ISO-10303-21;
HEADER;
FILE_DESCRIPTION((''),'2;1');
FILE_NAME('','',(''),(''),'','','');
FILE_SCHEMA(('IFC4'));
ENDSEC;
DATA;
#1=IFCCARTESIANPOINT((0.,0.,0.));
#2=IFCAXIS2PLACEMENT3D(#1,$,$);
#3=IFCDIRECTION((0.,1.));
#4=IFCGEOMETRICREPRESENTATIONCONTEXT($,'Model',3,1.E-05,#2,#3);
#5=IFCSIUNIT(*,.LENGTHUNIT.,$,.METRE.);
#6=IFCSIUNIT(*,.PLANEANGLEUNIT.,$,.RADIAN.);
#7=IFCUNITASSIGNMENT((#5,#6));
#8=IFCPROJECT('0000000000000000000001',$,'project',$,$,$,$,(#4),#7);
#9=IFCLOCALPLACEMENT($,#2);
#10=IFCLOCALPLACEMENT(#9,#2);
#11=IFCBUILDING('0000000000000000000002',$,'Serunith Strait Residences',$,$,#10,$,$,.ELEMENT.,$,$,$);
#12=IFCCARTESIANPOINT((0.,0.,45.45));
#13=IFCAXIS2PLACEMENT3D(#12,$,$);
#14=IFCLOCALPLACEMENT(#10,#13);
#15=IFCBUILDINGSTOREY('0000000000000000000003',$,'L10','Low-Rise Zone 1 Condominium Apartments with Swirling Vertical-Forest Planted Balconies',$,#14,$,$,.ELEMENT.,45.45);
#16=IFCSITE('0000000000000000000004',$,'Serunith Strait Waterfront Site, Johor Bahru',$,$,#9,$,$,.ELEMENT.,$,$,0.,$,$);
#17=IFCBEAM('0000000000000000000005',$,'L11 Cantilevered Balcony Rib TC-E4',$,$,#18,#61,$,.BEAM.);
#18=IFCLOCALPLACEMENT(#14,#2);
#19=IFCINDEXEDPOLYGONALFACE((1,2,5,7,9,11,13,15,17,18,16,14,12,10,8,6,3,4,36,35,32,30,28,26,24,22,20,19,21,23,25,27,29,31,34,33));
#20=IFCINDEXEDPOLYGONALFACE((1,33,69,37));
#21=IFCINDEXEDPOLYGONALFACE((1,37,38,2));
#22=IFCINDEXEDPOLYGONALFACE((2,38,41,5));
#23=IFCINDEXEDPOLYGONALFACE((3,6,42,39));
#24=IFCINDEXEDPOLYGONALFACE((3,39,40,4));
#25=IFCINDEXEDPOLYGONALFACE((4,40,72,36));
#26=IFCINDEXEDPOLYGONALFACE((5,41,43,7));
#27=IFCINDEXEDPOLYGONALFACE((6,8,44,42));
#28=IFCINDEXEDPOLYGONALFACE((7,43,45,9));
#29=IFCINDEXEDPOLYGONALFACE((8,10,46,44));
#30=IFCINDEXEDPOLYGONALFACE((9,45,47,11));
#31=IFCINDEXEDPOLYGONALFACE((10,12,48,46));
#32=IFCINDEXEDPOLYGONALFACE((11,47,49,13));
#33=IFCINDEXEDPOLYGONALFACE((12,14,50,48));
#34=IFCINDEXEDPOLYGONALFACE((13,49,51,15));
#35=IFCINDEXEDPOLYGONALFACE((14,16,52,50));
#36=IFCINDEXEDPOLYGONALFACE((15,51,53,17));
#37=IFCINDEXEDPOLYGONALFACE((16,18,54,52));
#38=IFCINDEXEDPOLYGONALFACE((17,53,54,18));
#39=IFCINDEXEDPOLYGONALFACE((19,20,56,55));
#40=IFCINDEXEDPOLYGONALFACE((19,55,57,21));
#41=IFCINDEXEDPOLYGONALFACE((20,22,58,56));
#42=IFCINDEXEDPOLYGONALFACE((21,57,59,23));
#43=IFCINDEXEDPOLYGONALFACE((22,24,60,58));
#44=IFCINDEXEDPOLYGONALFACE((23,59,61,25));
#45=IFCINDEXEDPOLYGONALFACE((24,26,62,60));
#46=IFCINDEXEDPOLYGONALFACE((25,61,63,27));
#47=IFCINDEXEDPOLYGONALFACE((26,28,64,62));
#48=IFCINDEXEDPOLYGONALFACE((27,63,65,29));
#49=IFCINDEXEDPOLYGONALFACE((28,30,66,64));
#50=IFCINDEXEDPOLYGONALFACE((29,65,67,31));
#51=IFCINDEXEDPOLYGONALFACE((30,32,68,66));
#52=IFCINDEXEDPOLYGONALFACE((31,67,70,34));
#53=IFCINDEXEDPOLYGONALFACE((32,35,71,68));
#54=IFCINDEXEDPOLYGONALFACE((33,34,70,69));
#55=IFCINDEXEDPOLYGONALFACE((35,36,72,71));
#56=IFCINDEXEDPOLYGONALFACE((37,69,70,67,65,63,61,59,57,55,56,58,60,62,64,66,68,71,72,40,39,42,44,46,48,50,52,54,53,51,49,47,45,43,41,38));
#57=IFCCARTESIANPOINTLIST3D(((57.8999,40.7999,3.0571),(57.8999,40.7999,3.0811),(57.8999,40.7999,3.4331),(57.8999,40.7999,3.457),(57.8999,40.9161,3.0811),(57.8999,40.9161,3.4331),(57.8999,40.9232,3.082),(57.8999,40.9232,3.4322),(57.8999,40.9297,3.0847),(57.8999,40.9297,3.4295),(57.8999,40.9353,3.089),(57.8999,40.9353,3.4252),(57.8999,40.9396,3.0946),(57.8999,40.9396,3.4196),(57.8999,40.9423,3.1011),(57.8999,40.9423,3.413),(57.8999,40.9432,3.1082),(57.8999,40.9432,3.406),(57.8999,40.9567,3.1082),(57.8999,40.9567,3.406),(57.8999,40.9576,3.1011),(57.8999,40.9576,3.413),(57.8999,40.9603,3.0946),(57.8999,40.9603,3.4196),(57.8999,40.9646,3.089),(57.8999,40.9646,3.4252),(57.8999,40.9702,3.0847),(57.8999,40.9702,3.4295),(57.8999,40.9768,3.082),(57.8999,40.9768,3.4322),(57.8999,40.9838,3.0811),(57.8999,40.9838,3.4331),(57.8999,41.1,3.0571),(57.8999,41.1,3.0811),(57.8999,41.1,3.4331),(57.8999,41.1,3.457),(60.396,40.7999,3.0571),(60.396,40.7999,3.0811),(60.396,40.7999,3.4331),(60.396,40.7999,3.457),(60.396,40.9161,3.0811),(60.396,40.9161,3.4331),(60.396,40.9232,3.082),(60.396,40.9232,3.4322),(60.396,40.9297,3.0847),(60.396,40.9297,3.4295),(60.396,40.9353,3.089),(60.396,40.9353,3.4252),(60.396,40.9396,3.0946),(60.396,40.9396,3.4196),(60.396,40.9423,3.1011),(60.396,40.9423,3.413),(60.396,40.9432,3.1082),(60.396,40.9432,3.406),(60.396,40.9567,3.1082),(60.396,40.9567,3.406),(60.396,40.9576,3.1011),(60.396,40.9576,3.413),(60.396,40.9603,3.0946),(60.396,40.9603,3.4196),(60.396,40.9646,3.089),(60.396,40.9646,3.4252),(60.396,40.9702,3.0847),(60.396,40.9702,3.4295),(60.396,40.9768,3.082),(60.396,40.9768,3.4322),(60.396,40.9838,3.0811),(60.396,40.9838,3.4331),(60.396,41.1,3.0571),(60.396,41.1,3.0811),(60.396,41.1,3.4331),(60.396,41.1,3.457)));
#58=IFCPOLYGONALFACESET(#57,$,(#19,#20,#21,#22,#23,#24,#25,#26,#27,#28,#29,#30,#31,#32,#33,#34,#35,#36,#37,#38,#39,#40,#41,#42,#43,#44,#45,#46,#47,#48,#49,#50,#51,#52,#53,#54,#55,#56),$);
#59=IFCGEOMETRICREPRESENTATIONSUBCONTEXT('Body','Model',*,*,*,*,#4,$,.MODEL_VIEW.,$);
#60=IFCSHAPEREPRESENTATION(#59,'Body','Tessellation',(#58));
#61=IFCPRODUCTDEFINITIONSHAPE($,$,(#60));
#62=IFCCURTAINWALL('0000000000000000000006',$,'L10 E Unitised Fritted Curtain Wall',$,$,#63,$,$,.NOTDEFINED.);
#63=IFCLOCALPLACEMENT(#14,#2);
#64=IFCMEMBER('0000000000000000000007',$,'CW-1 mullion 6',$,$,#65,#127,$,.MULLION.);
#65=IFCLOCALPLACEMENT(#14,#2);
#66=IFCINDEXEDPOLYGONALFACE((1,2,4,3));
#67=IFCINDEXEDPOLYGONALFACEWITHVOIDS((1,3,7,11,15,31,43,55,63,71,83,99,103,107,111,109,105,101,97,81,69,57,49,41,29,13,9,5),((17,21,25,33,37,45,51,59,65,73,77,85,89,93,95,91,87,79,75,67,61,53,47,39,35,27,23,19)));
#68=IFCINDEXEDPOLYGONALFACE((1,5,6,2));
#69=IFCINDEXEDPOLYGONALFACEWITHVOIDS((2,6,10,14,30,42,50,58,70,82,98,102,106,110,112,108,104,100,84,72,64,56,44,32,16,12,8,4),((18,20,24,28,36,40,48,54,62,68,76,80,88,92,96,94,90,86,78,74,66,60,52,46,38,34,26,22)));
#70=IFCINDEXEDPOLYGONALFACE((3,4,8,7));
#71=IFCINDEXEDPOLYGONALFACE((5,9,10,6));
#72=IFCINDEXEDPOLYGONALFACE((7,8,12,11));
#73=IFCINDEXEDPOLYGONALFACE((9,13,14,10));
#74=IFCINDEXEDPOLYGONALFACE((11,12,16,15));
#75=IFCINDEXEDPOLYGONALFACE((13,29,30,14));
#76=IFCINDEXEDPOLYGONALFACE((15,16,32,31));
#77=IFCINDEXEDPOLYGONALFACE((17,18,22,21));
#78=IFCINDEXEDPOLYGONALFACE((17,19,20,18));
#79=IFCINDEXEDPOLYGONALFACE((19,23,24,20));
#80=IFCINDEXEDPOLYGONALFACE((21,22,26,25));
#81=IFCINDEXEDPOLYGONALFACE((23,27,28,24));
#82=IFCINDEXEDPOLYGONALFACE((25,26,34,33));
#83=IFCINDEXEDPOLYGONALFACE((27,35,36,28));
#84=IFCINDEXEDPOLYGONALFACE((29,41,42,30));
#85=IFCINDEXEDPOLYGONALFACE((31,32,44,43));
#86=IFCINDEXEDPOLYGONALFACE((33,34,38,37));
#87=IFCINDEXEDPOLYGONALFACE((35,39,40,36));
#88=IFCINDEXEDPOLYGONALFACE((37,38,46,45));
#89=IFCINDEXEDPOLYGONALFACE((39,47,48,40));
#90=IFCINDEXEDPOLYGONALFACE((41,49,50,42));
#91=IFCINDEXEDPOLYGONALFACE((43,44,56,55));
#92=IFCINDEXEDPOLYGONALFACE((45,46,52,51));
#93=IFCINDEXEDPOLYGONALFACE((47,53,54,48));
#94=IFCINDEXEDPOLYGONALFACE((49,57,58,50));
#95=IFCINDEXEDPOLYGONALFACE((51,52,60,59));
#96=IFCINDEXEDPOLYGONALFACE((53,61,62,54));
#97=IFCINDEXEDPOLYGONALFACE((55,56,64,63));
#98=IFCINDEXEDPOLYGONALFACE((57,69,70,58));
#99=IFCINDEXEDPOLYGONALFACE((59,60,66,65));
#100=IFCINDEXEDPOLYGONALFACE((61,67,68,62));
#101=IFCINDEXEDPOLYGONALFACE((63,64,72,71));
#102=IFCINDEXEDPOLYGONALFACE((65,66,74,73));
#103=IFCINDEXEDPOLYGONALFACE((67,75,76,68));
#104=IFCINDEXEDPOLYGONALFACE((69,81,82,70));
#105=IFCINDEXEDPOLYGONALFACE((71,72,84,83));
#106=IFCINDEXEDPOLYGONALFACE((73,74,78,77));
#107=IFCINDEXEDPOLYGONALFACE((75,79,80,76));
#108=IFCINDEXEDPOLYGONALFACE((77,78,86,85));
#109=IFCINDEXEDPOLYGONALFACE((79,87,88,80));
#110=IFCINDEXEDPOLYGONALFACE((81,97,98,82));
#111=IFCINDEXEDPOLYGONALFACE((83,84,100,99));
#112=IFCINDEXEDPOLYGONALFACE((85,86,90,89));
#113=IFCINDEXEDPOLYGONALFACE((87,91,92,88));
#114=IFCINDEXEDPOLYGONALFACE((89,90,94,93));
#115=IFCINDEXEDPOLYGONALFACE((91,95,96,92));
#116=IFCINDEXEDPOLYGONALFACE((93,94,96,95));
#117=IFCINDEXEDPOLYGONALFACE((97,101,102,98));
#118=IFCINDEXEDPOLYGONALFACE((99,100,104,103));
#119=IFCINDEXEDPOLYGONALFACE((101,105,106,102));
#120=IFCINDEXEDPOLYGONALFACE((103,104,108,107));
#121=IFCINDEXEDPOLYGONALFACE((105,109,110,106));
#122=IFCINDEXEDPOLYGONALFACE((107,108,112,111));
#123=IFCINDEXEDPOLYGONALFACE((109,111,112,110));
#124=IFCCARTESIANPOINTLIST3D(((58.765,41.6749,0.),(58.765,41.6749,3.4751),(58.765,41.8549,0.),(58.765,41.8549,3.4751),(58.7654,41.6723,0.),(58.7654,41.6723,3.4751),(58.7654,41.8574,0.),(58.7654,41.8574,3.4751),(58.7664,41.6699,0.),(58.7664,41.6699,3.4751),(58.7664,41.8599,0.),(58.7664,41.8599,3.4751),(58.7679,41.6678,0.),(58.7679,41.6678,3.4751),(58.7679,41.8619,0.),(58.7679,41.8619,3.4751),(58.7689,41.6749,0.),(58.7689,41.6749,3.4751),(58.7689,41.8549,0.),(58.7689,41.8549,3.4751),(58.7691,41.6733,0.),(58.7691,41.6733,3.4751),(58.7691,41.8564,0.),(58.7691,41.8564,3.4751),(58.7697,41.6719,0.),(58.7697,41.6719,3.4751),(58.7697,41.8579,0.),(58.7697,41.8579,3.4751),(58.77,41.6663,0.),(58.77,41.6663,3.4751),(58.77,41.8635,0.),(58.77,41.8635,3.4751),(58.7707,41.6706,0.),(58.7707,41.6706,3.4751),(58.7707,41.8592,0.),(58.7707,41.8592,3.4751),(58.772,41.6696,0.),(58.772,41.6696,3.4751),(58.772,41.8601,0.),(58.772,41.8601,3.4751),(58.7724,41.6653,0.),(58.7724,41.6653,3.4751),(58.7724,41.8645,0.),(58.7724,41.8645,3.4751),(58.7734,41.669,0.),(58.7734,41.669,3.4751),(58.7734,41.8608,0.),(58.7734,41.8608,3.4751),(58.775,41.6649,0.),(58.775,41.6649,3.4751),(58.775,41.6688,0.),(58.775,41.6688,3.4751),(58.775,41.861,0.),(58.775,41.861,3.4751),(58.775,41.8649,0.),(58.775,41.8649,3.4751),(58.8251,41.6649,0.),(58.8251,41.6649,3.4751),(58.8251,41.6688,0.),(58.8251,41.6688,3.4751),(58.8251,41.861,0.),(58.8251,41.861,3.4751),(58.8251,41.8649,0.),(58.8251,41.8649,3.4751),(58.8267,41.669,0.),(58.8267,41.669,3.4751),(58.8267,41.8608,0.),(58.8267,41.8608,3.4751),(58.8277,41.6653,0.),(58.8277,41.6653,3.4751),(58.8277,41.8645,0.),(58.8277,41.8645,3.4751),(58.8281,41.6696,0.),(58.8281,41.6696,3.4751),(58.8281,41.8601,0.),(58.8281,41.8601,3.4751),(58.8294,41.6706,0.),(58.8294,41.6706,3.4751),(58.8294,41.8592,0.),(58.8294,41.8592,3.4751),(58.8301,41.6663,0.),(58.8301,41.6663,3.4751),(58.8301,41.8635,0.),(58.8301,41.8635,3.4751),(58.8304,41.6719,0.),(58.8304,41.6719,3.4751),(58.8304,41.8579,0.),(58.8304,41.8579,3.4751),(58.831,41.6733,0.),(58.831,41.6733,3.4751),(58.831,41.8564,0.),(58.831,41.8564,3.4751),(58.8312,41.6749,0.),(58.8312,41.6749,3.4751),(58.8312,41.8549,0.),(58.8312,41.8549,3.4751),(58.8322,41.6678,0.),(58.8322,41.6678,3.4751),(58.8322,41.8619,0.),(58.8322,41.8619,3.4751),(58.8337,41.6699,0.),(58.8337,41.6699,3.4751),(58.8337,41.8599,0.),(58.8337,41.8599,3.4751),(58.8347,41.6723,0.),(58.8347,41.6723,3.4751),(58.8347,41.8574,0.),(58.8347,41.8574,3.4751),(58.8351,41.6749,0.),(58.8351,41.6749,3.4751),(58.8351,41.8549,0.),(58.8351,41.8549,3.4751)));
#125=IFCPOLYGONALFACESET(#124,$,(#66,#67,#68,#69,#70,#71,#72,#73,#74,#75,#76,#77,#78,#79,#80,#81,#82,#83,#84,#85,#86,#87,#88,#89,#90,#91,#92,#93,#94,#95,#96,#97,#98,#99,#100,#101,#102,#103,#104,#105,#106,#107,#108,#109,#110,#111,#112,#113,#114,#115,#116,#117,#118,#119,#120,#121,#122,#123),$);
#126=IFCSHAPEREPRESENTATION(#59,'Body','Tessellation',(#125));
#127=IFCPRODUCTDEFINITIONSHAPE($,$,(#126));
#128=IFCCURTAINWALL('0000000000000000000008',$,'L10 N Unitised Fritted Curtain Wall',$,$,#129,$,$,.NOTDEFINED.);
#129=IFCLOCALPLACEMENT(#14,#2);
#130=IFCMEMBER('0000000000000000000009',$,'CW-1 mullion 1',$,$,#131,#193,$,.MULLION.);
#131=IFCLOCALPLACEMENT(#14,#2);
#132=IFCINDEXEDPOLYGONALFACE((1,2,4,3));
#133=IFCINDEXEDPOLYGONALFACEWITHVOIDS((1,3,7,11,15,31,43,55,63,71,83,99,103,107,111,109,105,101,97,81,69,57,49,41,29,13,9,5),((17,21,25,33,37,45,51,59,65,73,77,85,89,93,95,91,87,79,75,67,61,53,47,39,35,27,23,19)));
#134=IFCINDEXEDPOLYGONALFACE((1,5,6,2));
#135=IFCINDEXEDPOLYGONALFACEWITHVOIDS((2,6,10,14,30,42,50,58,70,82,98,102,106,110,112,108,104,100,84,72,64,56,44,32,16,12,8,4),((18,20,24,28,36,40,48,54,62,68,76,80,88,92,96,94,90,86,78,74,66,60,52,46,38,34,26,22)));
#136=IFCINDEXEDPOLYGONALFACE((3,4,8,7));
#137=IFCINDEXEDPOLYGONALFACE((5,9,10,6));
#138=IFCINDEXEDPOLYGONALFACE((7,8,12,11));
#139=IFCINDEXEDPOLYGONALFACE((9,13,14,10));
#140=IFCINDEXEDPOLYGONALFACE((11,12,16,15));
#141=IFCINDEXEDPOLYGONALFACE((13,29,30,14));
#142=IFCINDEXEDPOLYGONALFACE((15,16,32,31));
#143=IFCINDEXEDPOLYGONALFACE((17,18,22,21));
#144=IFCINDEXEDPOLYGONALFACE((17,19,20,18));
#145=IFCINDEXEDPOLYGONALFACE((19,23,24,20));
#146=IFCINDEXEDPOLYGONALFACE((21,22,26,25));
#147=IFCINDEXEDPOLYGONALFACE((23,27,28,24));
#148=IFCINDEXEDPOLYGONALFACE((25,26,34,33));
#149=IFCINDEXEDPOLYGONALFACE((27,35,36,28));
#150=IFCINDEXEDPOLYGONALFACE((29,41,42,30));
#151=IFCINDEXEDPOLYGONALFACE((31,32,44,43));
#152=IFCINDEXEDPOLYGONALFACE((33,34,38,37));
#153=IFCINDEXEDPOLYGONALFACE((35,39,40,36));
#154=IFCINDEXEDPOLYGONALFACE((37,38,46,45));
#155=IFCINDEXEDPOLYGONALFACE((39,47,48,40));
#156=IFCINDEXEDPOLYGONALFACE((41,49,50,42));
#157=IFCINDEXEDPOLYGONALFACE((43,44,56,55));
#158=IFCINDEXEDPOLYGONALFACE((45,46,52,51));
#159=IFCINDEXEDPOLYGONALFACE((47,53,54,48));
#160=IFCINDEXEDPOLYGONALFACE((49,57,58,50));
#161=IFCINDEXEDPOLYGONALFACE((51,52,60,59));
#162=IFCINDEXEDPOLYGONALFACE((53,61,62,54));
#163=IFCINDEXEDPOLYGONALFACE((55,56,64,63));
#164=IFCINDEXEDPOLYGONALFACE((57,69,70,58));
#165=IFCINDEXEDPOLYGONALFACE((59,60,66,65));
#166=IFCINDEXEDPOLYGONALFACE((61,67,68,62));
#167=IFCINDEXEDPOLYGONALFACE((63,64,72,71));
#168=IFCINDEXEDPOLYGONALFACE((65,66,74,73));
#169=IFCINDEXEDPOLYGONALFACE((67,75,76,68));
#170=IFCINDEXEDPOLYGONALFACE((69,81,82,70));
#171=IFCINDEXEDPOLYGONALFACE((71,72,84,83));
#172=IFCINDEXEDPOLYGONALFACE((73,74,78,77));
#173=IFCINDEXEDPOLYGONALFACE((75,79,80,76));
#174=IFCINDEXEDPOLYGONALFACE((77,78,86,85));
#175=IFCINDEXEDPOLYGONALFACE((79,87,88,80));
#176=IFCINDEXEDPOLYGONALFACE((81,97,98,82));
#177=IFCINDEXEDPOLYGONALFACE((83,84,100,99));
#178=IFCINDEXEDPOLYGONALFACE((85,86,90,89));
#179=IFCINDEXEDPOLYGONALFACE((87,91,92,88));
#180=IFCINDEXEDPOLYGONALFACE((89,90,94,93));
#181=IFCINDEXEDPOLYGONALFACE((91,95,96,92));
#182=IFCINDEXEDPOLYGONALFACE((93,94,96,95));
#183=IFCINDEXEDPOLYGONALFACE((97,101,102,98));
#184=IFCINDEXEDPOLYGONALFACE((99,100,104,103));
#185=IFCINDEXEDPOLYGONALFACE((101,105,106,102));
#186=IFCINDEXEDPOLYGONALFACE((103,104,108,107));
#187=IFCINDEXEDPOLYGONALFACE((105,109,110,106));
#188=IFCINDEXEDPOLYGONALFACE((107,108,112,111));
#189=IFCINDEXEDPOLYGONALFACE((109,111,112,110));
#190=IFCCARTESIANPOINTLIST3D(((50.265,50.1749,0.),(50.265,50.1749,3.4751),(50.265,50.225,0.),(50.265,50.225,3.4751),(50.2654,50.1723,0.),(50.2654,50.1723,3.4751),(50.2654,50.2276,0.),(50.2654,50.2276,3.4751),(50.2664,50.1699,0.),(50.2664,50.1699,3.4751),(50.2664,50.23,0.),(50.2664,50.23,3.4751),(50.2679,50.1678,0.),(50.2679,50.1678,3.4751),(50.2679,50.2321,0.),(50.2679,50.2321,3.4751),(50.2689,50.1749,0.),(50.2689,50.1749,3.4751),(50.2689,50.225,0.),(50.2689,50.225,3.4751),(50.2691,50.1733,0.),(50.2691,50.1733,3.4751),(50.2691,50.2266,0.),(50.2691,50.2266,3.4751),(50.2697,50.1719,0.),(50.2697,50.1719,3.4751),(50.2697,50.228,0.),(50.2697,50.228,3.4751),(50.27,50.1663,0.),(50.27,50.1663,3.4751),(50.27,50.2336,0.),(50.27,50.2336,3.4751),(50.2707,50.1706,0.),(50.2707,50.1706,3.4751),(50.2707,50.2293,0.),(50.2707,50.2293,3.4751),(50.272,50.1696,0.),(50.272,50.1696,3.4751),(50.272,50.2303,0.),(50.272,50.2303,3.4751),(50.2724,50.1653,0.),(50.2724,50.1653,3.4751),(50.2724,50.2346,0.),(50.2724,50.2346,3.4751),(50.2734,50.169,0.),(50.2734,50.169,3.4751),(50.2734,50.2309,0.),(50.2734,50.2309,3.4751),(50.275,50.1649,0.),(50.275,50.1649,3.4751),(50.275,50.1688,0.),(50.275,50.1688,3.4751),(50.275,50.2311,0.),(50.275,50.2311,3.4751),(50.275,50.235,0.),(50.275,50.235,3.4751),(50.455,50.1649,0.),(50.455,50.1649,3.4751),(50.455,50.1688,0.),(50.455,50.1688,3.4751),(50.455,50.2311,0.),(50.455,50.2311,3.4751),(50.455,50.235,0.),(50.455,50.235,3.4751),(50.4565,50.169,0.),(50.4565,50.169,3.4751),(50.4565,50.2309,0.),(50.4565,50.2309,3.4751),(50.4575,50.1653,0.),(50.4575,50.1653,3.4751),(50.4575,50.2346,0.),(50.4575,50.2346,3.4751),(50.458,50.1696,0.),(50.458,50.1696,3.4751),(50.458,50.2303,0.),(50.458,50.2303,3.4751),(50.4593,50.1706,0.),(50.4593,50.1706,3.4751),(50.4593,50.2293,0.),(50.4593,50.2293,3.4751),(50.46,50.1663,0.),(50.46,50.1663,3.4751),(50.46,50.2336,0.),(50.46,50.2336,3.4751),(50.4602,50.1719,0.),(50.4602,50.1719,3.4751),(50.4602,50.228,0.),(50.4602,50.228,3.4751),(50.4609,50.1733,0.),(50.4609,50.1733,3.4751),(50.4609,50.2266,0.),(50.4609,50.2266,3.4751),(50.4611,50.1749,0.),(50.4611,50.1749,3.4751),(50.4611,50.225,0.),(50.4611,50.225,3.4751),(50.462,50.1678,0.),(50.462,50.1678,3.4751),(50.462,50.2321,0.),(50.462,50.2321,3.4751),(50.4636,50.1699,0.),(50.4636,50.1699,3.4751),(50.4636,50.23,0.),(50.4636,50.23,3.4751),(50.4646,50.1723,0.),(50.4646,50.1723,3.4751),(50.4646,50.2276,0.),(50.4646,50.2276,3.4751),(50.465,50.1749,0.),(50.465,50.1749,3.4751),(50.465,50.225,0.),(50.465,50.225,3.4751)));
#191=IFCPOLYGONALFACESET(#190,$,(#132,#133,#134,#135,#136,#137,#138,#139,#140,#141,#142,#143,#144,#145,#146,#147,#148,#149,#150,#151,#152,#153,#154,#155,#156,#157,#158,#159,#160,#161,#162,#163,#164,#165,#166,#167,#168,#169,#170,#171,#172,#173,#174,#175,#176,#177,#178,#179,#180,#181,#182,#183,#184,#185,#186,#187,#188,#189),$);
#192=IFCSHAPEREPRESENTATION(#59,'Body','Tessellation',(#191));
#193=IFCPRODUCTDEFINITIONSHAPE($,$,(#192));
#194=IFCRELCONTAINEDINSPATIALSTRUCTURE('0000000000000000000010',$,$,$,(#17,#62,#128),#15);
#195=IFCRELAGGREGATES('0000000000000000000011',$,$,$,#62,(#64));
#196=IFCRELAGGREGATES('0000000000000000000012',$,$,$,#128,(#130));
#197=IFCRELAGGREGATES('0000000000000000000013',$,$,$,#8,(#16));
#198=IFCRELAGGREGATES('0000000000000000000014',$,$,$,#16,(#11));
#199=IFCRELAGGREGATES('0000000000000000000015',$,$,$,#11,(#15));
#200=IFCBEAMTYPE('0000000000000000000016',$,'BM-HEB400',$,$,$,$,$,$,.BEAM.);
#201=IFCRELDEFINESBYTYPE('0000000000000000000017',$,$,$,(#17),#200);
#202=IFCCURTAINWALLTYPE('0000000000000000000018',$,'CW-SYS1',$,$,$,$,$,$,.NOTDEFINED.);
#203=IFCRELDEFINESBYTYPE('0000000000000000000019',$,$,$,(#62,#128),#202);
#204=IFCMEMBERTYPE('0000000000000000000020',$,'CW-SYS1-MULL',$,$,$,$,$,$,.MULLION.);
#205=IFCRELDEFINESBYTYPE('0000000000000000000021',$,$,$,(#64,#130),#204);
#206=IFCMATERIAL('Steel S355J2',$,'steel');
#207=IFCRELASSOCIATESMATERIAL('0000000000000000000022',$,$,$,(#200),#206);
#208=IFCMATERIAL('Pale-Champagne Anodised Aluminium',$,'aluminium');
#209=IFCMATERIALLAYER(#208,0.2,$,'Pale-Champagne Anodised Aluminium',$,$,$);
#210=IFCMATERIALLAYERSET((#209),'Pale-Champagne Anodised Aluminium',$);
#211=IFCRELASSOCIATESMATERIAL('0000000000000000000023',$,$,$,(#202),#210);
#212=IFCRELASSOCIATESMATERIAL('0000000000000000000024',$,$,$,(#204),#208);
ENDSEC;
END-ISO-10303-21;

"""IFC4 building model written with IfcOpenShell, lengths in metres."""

from ifc_helpers import new_model, si_unit, direction, frame, origin, origin_2d, place, context, subcontext, project, spatial, hollow_rectangle, i_section, extrude, source, transform, mapped, material, layer, layer_set, material_profile, profile_set, type_object, element, aggregate, save


model = new_model("IFC4")

# Units and contexts
model_context = context("Model", 3, precision=1e-05, world=origin(), true_north=direction((0.0, 1.0)))
body_context = subcontext(model_context, "Body", "Model", "MODEL_VIEW")
ifc_project = project(units=[si_unit("LENGTHUNIT", "METRE"), si_unit("PLANEANGLEUNIT", "RADIAN")], contexts=[model_context])

# Site, building, storey
site_placement = place(None, origin())
site = spatial("IfcSite", under=ifc_project, at=site_placement, Name="Serunith Strait Waterfront Site, Johor Bahru", CompositionType="ELEMENT", RefElevation=0.0)
building_placement = place(site_placement, origin())
building = spatial("IfcBuilding", under=site, at=building_placement, Name="Serunith Strait Residences", CompositionType="ELEMENT")
storey_placement = place(building_placement, frame((0.0, 0.0, 45.45)))
storey = spatial("IfcBuildingStorey", under=building, at=storey_placement, Name="L10", Description="Low-Rise Zone 1 Condominium Apartments with Swirling Vertical-Forest Planted Balconies", CompositionType="ELEMENT", Elevation=45.45)

# Beam
ifc_material_1 = material(Name="Steel S355J2", Category="steel")
ifc_material_profile_1 = material_profile(ifc_material_1, i_section(OverallWidth=0.3, OverallDepth=0.3999, WebThickness=0.0134, FlangeThickness=0.0239, FilletRadius=0.0271, at=origin_2d()), Name="HEB 400")
ifc_profile_set_1 = profile_set([ifc_material_profile_1], Name="Steel S355J2")
beam_type_1 = type_object("IfcBeamType", Name="BM-HEB400", PredefinedType="BEAM", material=ifc_profile_set_1)
shared_shape_1 = source(origin(), body_context, "Body", "SweptSolid", [
    extrude(i_section(OverallWidth=0.3, OverallDepth=0.3999, WebThickness=0.0134, FlangeThickness=0.0239, FilletRadius=0.0271, at=origin_2d()), origin(), (0.0, 0.0, 1.0), 2.4961),
])
beam_1_placement = place(storey_placement, frame((57.8999, 40.95, 3.2571), z_axis=(1.0, 0.0, 0.0), x_axis=(0.0, 1.0, 0.0)))
element("IfcBeam", 1, at=beam_1_placement, inside=storey, type_object=beam_type_1, Name="L11 Cantilevered Balcony Rib TC-E4", PredefinedType="BEAM", context=body_context, shape_type="MappedRepresentation", body=[
    mapped(shared_shape_1, transform((0.0, 0.0, 0.0), scale=1.0)),
])

# Curtain wall, member
ifc_material_2 = material(Name="Pale-Champagne Anodised Aluminium", Category="aluminium")
ifc_layer_1 = layer(ifc_material_2, 0.2, Name="Pale-Champagne Anodised Aluminium")
ifc_layer_set_1 = layer_set([ifc_layer_1], Name="Pale-Champagne Anodised Aluminium")
curtain_wall_type = type_object("IfcCurtainWallType", Name="CW-SYS1", PredefinedType="NOTDEFINED", material=ifc_layer_set_1)
curtain_wall_1_placement = place(storey_placement, origin())
curtain_wall_1 = element("IfcCurtainWall", 2, at=curtain_wall_1_placement, inside=storey, type_object=curtain_wall_type, Name="L10 E Unitised Fritted Curtain Wall", PredefinedType="NOTDEFINED")
ifc_material_profile_2 = material_profile(ifc_material_2, hollow_rectangle(XDim=0.0701, YDim=0.2, WallThickness=0.0039, InnerFilletRadius=0.0061, OuterFilletRadius=0.01, at=origin_2d()), Name="ALU 200x70x4")
ifc_profile_set_2 = profile_set([ifc_material_profile_2], Name="Pale-Champagne Anodised Aluminium")
member_type_1 = type_object("IfcMemberType", Name="CW-SYS1-MULL", PredefinedType="MULLION", material=ifc_profile_set_2)
shared_shape_2 = source(origin(), body_context, "Body", "SweptSolid", [
    extrude(hollow_rectangle(XDim=0.0701, YDim=0.2, WallThickness=0.0039, InnerFilletRadius=0.0061, OuterFilletRadius=0.01, at=origin_2d()), origin(), (0.0, 0.0, 1.0), 3.4751),
])
member_1_placement = place(storey_placement, frame((58.8, 41.7649, 0.0), z_axis=(0.0, 0.0, 1.0), x_axis=(-1.0, 0.0, 0.0)))
member_1 = element("IfcMember", 3, at=member_1_placement, type_object=member_type_1, Name="CW-1 mullion 6", PredefinedType="MULLION", context=body_context, shape_type="MappedRepresentation", body=[
    mapped(shared_shape_2, transform((0.0, 0.0, 0.0), scale=1.0)),
])
aggregate(curtain_wall_1, [member_1])

# Curtain wall, member
curtain_wall_2_placement = place(storey_placement, origin())
curtain_wall_2 = element("IfcCurtainWall", 4, at=curtain_wall_2_placement, inside=storey, type_object=curtain_wall_type, Name="L10 N Unitised Fritted Curtain Wall", PredefinedType="NOTDEFINED")
member_2_placement = place(storey_placement, frame((50.365, 50.2, 0.0), z_axis=(0.0, 0.0, 1.0), x_axis=(0.0, -1.0, 0.0)))
member_2 = element("IfcMember", 5, at=member_2_placement, type_object=member_type_1, Name="CW-1 mullion 1", PredefinedType="MULLION", context=body_context, shape_type="MappedRepresentation", body=[
    mapped(shared_shape_2, transform((0.0, 0.0, 0.0), scale=1.0)),
])
aggregate(curtain_wall_2, [member_2])

save(model, "model.ifc")
